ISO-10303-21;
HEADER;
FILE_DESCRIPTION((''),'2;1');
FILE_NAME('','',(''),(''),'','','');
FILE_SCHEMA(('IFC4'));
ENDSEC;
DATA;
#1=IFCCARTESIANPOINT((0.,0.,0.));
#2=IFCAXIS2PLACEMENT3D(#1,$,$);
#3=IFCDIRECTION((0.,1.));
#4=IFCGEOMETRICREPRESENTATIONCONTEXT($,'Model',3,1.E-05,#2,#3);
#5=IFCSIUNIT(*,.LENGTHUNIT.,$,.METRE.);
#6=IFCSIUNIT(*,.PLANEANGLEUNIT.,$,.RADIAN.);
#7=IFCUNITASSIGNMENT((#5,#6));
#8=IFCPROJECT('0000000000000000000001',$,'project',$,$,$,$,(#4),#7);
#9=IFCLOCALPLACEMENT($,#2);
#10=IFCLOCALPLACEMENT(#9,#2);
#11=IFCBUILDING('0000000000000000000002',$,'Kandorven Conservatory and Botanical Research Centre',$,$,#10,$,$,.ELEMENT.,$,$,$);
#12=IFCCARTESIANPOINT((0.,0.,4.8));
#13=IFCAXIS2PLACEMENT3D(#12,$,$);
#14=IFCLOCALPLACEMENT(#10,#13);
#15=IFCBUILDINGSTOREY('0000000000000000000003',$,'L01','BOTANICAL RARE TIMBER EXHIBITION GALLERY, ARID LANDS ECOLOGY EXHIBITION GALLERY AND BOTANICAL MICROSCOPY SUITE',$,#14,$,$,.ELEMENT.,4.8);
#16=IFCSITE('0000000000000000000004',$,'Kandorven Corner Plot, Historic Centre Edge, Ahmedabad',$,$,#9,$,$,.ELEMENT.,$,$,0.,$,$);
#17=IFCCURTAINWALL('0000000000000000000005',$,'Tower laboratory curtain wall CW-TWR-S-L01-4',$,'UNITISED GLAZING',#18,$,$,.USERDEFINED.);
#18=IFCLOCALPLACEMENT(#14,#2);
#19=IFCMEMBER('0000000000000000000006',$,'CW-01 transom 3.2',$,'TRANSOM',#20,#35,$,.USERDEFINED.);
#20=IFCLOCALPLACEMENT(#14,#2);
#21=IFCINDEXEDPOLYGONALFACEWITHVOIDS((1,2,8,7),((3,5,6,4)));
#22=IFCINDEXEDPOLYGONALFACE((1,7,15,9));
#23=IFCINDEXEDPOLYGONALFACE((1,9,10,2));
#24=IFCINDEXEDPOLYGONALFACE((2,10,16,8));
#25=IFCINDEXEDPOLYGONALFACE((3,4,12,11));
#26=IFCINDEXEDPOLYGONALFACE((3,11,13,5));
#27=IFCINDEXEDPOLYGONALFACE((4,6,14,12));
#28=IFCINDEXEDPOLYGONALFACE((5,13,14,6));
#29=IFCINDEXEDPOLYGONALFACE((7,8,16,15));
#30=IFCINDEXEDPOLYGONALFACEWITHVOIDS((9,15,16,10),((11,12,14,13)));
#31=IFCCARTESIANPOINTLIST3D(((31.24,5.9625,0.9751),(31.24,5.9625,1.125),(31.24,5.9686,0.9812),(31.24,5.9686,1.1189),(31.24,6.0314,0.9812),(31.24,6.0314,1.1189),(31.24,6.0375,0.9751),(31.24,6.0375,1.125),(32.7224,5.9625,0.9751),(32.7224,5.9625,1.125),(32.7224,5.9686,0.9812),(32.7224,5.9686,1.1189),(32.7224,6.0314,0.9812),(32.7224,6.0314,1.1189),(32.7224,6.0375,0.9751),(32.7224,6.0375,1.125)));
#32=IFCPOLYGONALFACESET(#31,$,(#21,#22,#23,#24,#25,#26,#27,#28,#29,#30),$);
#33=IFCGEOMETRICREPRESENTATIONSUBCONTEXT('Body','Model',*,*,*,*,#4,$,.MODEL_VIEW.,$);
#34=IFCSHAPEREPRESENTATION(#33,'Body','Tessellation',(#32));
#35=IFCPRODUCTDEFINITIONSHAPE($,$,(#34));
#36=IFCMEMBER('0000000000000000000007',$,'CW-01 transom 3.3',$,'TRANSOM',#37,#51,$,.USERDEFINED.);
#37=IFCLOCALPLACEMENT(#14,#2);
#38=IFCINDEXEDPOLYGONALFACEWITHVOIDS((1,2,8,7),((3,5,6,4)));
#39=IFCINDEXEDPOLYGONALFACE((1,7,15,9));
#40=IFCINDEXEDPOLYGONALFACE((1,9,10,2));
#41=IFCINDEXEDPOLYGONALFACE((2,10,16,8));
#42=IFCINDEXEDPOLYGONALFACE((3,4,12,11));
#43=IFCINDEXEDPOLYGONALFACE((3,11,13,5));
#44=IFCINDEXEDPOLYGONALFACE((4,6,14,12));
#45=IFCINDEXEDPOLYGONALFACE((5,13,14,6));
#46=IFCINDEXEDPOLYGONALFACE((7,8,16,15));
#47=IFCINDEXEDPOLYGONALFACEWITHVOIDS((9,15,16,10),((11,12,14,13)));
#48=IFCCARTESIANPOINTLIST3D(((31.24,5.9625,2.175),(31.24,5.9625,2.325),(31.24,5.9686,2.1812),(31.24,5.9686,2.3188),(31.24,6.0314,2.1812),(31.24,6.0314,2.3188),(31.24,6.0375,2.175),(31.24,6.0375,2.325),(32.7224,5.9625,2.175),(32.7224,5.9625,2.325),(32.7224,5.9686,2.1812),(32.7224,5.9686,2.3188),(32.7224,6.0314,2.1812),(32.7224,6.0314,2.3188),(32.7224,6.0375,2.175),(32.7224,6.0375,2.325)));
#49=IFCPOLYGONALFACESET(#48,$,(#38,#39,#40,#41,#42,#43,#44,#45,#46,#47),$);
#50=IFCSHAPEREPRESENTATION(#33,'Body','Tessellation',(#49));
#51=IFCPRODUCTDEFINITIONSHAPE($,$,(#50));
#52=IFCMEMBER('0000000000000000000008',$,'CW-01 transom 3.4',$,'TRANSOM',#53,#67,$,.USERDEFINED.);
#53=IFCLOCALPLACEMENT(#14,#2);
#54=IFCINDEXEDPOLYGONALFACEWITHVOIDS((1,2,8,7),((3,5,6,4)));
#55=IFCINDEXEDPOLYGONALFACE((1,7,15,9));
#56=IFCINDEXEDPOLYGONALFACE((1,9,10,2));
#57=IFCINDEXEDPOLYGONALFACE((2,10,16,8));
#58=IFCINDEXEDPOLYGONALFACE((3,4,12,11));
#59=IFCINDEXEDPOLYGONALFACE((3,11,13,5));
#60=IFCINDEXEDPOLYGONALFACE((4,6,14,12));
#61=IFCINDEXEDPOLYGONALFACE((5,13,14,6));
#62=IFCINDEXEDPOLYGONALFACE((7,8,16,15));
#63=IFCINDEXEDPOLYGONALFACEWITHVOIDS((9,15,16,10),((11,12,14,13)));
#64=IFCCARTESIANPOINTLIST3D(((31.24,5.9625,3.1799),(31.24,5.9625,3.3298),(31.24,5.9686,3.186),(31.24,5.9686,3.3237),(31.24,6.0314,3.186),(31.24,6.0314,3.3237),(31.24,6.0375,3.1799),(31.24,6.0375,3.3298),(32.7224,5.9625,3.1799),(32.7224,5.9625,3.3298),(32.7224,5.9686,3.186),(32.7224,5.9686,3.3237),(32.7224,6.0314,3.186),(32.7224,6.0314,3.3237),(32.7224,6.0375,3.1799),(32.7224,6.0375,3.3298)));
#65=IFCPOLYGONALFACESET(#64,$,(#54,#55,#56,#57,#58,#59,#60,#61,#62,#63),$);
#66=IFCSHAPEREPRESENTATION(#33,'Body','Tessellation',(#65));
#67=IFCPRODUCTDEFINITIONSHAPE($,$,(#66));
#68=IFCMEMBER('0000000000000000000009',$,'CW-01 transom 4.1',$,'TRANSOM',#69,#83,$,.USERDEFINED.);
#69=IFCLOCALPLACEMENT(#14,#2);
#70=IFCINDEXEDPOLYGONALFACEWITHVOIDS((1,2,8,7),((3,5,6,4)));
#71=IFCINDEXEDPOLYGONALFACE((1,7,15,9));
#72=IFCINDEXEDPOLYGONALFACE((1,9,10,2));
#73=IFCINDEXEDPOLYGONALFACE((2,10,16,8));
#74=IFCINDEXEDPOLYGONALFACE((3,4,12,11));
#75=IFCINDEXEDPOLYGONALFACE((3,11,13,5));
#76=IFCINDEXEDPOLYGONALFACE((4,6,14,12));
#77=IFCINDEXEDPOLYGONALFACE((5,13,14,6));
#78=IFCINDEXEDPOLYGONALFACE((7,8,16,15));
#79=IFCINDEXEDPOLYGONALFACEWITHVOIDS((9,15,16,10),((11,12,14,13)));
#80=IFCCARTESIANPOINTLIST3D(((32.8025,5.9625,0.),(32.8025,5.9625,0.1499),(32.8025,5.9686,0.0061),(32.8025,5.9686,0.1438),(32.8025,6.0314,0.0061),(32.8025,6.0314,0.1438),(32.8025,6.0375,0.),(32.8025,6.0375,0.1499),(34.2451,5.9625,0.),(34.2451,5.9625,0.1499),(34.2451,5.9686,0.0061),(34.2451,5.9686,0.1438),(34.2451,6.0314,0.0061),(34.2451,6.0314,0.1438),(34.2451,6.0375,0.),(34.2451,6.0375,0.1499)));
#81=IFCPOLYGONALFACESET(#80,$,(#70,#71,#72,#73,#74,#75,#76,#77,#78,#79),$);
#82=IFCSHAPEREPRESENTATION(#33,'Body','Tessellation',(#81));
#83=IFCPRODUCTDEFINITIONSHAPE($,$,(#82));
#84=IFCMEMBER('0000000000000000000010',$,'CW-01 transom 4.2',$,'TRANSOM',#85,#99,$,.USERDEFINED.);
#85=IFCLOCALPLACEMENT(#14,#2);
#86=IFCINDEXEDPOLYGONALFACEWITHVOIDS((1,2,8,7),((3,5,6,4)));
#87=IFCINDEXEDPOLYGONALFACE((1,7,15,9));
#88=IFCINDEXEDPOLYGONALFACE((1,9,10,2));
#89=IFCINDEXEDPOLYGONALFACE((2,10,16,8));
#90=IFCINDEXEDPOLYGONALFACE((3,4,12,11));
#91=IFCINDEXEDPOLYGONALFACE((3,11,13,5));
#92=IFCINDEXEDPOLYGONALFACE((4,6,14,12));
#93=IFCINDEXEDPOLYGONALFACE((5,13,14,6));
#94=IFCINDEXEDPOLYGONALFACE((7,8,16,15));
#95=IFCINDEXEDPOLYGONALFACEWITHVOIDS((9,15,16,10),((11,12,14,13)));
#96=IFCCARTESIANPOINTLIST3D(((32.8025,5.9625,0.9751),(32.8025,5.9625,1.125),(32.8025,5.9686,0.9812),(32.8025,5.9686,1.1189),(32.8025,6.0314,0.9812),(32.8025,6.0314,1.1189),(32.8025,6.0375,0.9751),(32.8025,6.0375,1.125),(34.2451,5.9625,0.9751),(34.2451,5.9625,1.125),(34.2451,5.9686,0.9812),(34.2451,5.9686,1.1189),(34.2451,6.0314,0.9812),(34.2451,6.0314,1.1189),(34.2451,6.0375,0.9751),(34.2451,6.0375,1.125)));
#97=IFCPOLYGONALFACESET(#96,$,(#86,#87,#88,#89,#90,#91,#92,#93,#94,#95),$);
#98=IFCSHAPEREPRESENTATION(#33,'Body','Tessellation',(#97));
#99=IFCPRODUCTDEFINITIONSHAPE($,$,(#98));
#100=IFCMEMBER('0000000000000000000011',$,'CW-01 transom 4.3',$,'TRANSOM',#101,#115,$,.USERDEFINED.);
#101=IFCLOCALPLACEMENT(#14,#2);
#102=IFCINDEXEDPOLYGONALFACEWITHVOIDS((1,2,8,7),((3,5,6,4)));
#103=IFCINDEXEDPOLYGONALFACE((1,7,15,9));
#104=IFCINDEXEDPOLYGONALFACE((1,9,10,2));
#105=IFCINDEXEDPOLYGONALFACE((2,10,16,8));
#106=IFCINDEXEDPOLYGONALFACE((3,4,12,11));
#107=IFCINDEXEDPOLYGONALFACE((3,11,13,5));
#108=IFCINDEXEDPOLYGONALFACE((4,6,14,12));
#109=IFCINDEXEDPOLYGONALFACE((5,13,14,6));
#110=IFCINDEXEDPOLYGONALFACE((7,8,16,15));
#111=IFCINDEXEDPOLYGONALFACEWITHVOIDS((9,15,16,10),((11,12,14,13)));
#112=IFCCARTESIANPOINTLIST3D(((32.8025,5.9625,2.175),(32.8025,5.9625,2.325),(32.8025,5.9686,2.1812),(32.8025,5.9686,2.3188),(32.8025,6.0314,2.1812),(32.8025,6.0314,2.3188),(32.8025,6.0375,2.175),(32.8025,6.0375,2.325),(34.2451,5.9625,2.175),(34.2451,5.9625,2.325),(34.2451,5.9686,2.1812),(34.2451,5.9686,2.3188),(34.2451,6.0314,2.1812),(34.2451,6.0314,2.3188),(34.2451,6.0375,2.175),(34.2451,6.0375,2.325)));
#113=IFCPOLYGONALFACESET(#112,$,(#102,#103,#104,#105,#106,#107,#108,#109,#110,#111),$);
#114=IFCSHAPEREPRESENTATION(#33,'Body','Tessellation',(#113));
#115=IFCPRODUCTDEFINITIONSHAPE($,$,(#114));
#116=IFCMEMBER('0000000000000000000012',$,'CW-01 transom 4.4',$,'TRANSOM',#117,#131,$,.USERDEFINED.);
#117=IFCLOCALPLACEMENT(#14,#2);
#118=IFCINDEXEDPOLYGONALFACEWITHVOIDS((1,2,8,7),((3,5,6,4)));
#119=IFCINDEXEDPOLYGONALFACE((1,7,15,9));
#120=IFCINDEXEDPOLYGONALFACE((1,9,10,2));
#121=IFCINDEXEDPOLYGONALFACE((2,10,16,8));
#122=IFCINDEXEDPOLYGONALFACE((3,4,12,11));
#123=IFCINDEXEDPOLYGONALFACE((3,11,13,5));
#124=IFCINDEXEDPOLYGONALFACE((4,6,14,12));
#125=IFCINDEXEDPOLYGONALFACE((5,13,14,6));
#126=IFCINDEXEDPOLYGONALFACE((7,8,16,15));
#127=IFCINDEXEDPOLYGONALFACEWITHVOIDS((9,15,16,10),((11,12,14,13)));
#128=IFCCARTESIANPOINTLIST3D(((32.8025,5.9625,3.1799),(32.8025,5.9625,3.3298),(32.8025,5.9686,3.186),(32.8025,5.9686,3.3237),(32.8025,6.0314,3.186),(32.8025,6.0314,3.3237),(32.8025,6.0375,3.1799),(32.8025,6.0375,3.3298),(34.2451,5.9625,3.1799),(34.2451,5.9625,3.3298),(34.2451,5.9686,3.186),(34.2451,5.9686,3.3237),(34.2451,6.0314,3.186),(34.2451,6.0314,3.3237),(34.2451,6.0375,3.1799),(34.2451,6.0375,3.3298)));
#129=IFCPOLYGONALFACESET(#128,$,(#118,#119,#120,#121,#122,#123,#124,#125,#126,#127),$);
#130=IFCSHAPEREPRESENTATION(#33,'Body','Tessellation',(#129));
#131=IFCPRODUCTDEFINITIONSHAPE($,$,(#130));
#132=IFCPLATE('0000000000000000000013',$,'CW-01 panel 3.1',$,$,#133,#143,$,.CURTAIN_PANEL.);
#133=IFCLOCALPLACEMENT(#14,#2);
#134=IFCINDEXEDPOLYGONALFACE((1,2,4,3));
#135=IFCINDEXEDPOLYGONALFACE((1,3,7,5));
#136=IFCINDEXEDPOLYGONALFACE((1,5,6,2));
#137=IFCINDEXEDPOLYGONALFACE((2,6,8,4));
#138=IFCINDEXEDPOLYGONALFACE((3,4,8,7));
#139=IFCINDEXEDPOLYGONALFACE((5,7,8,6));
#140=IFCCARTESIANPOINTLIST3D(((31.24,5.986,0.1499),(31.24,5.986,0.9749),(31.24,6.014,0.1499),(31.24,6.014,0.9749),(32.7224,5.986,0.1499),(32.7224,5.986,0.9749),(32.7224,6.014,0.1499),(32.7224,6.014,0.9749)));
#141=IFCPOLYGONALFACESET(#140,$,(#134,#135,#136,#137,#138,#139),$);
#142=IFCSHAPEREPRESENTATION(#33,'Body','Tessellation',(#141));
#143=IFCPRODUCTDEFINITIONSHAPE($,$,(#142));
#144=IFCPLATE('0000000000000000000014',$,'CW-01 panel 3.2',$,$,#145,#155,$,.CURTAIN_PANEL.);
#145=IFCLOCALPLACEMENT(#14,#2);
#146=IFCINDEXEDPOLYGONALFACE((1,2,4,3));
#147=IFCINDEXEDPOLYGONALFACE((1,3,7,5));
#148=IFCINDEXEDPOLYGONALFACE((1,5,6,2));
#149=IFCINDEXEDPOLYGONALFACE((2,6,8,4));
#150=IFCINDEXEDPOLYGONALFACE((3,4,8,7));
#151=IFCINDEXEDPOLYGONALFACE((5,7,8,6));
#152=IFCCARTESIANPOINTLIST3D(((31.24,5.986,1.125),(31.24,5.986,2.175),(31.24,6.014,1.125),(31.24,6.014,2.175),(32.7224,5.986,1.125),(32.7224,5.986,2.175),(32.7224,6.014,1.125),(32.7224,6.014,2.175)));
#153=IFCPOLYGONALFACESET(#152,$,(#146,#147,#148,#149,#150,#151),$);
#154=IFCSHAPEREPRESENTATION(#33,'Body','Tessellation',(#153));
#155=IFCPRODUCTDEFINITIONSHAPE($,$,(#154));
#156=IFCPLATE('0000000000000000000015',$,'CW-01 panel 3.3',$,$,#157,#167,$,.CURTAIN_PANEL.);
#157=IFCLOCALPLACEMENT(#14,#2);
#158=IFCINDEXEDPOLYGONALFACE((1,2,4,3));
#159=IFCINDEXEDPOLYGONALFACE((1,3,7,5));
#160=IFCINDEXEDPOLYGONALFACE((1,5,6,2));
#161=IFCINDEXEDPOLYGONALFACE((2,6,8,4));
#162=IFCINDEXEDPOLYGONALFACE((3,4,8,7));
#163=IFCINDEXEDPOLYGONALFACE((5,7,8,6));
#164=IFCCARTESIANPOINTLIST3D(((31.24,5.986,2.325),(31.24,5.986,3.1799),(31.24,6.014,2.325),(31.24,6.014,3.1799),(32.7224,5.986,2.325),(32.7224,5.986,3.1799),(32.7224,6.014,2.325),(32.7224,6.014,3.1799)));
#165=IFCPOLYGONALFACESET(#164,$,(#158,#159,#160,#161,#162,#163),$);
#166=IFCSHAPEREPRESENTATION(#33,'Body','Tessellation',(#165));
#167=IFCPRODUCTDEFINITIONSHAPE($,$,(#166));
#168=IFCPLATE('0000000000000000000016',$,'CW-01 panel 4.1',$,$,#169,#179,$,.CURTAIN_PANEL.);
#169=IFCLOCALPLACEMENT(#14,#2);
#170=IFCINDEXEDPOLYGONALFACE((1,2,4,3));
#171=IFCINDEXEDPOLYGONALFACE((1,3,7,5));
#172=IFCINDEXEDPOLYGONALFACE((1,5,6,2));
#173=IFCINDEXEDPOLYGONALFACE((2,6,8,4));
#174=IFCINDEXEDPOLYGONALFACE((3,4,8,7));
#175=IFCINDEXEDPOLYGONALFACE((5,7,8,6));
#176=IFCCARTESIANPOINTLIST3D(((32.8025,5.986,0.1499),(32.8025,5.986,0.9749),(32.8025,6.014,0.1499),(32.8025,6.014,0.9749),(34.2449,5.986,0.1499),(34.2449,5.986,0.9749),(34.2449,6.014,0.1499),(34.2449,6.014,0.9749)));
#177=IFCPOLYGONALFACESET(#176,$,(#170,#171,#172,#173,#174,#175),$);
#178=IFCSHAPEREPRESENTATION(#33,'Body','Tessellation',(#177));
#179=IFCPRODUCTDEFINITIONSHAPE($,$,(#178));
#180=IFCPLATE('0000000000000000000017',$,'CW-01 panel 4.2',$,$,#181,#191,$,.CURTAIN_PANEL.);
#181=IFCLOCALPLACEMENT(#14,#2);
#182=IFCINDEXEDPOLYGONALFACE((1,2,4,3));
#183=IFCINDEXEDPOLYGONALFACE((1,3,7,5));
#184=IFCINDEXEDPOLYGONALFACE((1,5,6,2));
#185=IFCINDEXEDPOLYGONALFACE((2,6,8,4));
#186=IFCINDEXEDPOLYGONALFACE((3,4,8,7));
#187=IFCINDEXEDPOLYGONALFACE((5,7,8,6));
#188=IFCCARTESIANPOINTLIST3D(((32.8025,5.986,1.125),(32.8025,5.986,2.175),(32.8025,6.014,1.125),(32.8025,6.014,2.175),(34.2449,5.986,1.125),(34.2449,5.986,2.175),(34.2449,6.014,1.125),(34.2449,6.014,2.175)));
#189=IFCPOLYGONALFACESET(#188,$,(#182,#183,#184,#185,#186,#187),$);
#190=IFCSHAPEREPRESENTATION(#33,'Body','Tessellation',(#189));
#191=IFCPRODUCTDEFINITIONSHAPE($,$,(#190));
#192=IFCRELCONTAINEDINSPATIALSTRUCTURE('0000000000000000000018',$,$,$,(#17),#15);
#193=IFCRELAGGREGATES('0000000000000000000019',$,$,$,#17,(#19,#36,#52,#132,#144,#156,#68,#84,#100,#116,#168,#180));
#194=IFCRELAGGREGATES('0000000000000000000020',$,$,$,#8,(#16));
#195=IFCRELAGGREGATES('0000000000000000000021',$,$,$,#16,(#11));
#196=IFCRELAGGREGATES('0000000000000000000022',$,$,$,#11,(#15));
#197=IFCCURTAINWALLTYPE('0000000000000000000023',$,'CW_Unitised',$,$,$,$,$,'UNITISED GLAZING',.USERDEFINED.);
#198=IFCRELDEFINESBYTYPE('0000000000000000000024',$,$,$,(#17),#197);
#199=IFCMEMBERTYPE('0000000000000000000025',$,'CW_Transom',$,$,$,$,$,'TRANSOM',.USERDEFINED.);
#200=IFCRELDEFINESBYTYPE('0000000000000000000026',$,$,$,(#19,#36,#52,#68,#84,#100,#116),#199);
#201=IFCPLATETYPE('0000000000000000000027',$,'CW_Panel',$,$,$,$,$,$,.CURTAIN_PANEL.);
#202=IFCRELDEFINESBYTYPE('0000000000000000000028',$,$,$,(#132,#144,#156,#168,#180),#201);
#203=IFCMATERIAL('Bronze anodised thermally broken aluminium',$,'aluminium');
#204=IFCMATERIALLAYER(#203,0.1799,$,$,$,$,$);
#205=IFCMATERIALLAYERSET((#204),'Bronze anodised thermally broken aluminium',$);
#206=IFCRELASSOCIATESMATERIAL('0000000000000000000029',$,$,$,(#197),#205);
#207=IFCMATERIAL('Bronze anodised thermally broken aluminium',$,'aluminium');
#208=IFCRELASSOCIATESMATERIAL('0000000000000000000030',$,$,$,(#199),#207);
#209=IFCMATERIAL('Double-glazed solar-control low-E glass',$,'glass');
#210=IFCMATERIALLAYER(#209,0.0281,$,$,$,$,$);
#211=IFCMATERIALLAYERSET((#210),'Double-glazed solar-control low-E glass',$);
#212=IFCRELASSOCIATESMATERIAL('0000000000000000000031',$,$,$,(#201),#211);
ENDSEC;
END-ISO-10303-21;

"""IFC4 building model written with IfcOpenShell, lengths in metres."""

from ifc_helpers import new_model, si_unit, direction, frame, origin, origin_2d, place, context, subcontext, project, spatial, rectangle, hollow_rectangle, extrude, material, layer, layer_set, material_profile, profile_set, type_object, element, aggregate, save


model = new_model("IFC4")

# Units and contexts
model_context = context("Model", 3, precision=1e-05, world=origin(), true_north=direction((0.0, 1.0)))
body_context = subcontext(model_context, "Body", "Model", "MODEL_VIEW")
ifc_project = project(units=[si_unit("LENGTHUNIT", "METRE"), si_unit("PLANEANGLEUNIT", "RADIAN")], contexts=[model_context])

# Site, building, storey
site_placement = place(None, origin())
site = spatial("IfcSite", under=ifc_project, at=site_placement, Name="Kandorven Corner Plot, Historic Centre Edge, Ahmedabad", CompositionType="ELEMENT", RefElevation=0.0)
building_placement = place(site_placement, origin())
building = spatial("IfcBuilding", under=site, at=building_placement, Name="Kandorven Conservatory and Botanical Research Centre", CompositionType="ELEMENT")
storey_placement = place(building_placement, frame((0.0, 0.0, 4.8)))
storey = spatial("IfcBuildingStorey", under=building, at=storey_placement, Name="L01", Description="BOTANICAL RARE TIMBER EXHIBITION GALLERY, ARID LANDS ECOLOGY EXHIBITION GALLERY AND BOTANICAL MICROSCOPY SUITE", CompositionType="ELEMENT", Elevation=4.8)

# Curtain wall, members, plates
ifc_material_1 = material(Name="Bronze anodised thermally broken aluminium", Category="aluminium")
ifc_layer_1 = layer(ifc_material_1, 0.1799)
ifc_layer_set_1 = layer_set([ifc_layer_1], Name="Bronze anodised thermally broken aluminium")
curtain_wall_type = type_object("IfcCurtainWallType", Name="CW_Unitised", ElementType="UNITISED GLAZING", PredefinedType="USERDEFINED", material=ifc_layer_set_1)
curtain_wall_placement = place(storey_placement, origin())
curtain_wall = element("IfcCurtainWall", 1, at=curtain_wall_placement, inside=storey, type_object=curtain_wall_type, Name="Tower laboratory curtain wall CW-TWR-S-L01-4", ObjectType="UNITISED GLAZING", PredefinedType="USERDEFINED")
ifc_material_2 = material(Name="Bronze anodised thermally broken aluminium", Category="aluminium")
ifc_material_profile_1 = material_profile(ifc_material_2, hollow_rectangle(XDim=0.075, YDim=0.1499, WallThickness=0.0061, at=origin_2d()))
ifc_profile_set_1 = profile_set([ifc_material_profile_1], Name="Bronze anodised thermally broken aluminium")
member_type_1 = type_object("IfcMemberType", Name="CW_Transom", ElementType="TRANSOM", PredefinedType="USERDEFINED", material=ifc_profile_set_1)
member_1_placement = place(storey_placement, frame((31.24, 6.0, 1.05), z_axis=(1.0, 0.0, 0.0), x_axis=(0.0, 1.0, 0.0)))
member_1 = element("IfcMember", 2, at=member_1_placement, type_object=member_type_1, Name="CW-01 transom 3.2", ObjectType="TRANSOM", PredefinedType="USERDEFINED", context=body_context, shape_type="SweptSolid", body=[
    extrude(hollow_rectangle(XDim=0.075, YDim=0.1499, WallThickness=0.0061, at=origin_2d()), origin(), (0.0, 0.0, 1.0), 1.4824),
])
member_2_placement = place(storey_placement, frame((31.24, 6.0, 2.25), z_axis=(1.0, 0.0, 0.0), x_axis=(0.0, 1.0, 0.0)))
member_2 = element("IfcMember", 3, at=member_2_placement, type_object=member_type_1, Name="CW-01 transom 3.3", ObjectType="TRANSOM", PredefinedType="USERDEFINED", context=body_context, shape_type="SweptSolid", body=[
    extrude(hollow_rectangle(XDim=0.075, YDim=0.1499, WallThickness=0.0061, at=origin_2d()), origin(), (0.0, 0.0, 1.0), 1.4824),
])
member_3_placement = place(storey_placement, frame((31.24, 6.0, 3.2549), z_axis=(1.0, 0.0, 0.0), x_axis=(0.0, 1.0, 0.0)))
member_3 = element("IfcMember", 4, at=member_3_placement, type_object=member_type_1, Name="CW-01 transom 3.4", ObjectType="TRANSOM", PredefinedType="USERDEFINED", context=body_context, shape_type="SweptSolid", body=[
    extrude(hollow_rectangle(XDim=0.075, YDim=0.1499, WallThickness=0.0061, at=origin_2d()), origin(), (0.0, 0.0, 1.0), 1.4824),
])
member_4_placement = place(storey_placement, frame((32.8025, 6.0, 0.075), z_axis=(1.0, 0.0, 0.0), x_axis=(0.0, 1.0, 0.0)))
member_4 = element("IfcMember", 5, at=member_4_placement, type_object=member_type_1, Name="CW-01 transom 4.1", ObjectType="TRANSOM", PredefinedType="USERDEFINED", context=body_context, shape_type="SweptSolid", body=[
    extrude(hollow_rectangle(XDim=0.075, YDim=0.1499, WallThickness=0.0061, at=origin_2d()), origin(), (0.0, 0.0, 1.0), 1.4426),
])
member_5_placement = place(storey_placement, frame((32.8025, 6.0, 1.05), z_axis=(1.0, 0.0, 0.0), x_axis=(0.0, 1.0, 0.0)))
member_5 = element("IfcMember", 6, at=member_5_placement, type_object=member_type_1, Name="CW-01 transom 4.2", ObjectType="TRANSOM", PredefinedType="USERDEFINED", context=body_context, shape_type="SweptSolid", body=[
    extrude(hollow_rectangle(XDim=0.075, YDim=0.1499, WallThickness=0.0061, at=origin_2d()), origin(), (0.0, 0.0, 1.0), 1.4426),
])
member_6_placement = place(storey_placement, frame((32.8025, 6.0, 2.25), z_axis=(1.0, 0.0, 0.0), x_axis=(0.0, 1.0, 0.0)))
member_6 = element("IfcMember", 7, at=member_6_placement, type_object=member_type_1, Name="CW-01 transom 4.3", ObjectType="TRANSOM", PredefinedType="USERDEFINED", context=body_context, shape_type="SweptSolid", body=[
    extrude(hollow_rectangle(XDim=0.075, YDim=0.1499, WallThickness=0.0061, at=origin_2d()), origin(), (0.0, 0.0, 1.0), 1.4426),
])
member_7_placement = place(storey_placement, frame((32.8025, 6.0, 3.2549), z_axis=(1.0, 0.0, 0.0), x_axis=(0.0, 1.0, 0.0)))
member_7 = element("IfcMember", 8, at=member_7_placement, type_object=member_type_1, Name="CW-01 transom 4.4", ObjectType="TRANSOM", PredefinedType="USERDEFINED", context=body_context, shape_type="SweptSolid", body=[
    extrude(hollow_rectangle(XDim=0.075, YDim=0.1499, WallThickness=0.0061, at=origin_2d()), origin(), (0.0, 0.0, 1.0), 1.4426),
])
ifc_material_3 = material(Name="Double-glazed solar-control low-E glass", Category="glass")
ifc_layer_2 = layer(ifc_material_3, 0.0281)
ifc_layer_set_2 = layer_set([ifc_layer_2], Name="Double-glazed solar-control low-E glass")
plate_type = type_object("IfcPlateType", Name="CW_Panel", PredefinedType="CURTAIN_PANEL", material=ifc_layer_set_2)
plate_1_placement = place(storey_placement, frame((31.9812, 6.0, 0.1499), z_axis=(0.0, 0.0, 1.0), x_axis=(1.0, 0.0, 0.0)))
plate_1 = element("IfcPlate", 9, at=plate_1_placement, type_object=plate_type, Name="CW-01 panel 3.1", PredefinedType="CURTAIN_PANEL", context=body_context, shape_type="SweptSolid", body=[
    extrude(rectangle(XDim=1.4824, YDim=0.0281, at=origin_2d()), origin(), (0.0, 0.0, 1.0), 0.825),
])
plate_2_placement = place(storey_placement, frame((31.9812, 6.0, 1.125), z_axis=(0.0, 0.0, 1.0), x_axis=(1.0, 0.0, 0.0)))
plate_2 = element("IfcPlate", 10, at=plate_2_placement, type_object=plate_type, Name="CW-01 panel 3.2", PredefinedType="CURTAIN_PANEL", context=body_context, shape_type="SweptSolid", body=[
    extrude(rectangle(XDim=1.4824, YDim=0.0281, at=origin_2d()), origin(), (0.0, 0.0, 1.0), 1.05),
])
plate_3_placement = place(storey_placement, frame((31.9812, 6.0, 2.325), z_axis=(0.0, 0.0, 1.0), x_axis=(1.0, 0.0, 0.0)))
plate_3 = element("IfcPlate", 11, at=plate_3_placement, type_object=plate_type, Name="CW-01 panel 3.3", PredefinedType="CURTAIN_PANEL", context=body_context, shape_type="SweptSolid", body=[
    extrude(rectangle(XDim=1.4824, YDim=0.0281, at=origin_2d()), origin(), (0.0, 0.0, 1.0), 0.855),
])
plate_4_placement = place(storey_placement, frame((33.5237, 6.0, 0.1499), z_axis=(0.0, 0.0, 1.0), x_axis=(1.0, 0.0, 0.0)))
plate_4 = element("IfcPlate", 12, at=plate_4_placement, type_object=plate_type, Name="CW-01 panel 4.1", PredefinedType="CURTAIN_PANEL", context=body_context, shape_type="SweptSolid", body=[
    extrude(rectangle(XDim=1.4424, YDim=0.0281, at=origin_2d()), origin(), (0.0, 0.0, 1.0), 0.825),
])
plate_5_placement = place(storey_placement, frame((33.5237, 6.0, 1.125), z_axis=(0.0, 0.0, 1.0), x_axis=(1.0, 0.0, 0.0)))
plate_5 = element("IfcPlate", 13, at=plate_5_placement, type_object=plate_type, Name="CW-01 panel 4.2", PredefinedType="CURTAIN_PANEL", context=body_context, shape_type="SweptSolid", body=[
    extrude(rectangle(XDim=1.4424, YDim=0.0281, at=origin_2d()), origin(), (0.0, 0.0, 1.0), 1.05),
])
aggregate(curtain_wall, [member_1, member_2, member_3, plate_1, plate_2, plate_3, member_4, member_5, member_6, member_7, plate_4, plate_5])

save(model, "model.ifc")
